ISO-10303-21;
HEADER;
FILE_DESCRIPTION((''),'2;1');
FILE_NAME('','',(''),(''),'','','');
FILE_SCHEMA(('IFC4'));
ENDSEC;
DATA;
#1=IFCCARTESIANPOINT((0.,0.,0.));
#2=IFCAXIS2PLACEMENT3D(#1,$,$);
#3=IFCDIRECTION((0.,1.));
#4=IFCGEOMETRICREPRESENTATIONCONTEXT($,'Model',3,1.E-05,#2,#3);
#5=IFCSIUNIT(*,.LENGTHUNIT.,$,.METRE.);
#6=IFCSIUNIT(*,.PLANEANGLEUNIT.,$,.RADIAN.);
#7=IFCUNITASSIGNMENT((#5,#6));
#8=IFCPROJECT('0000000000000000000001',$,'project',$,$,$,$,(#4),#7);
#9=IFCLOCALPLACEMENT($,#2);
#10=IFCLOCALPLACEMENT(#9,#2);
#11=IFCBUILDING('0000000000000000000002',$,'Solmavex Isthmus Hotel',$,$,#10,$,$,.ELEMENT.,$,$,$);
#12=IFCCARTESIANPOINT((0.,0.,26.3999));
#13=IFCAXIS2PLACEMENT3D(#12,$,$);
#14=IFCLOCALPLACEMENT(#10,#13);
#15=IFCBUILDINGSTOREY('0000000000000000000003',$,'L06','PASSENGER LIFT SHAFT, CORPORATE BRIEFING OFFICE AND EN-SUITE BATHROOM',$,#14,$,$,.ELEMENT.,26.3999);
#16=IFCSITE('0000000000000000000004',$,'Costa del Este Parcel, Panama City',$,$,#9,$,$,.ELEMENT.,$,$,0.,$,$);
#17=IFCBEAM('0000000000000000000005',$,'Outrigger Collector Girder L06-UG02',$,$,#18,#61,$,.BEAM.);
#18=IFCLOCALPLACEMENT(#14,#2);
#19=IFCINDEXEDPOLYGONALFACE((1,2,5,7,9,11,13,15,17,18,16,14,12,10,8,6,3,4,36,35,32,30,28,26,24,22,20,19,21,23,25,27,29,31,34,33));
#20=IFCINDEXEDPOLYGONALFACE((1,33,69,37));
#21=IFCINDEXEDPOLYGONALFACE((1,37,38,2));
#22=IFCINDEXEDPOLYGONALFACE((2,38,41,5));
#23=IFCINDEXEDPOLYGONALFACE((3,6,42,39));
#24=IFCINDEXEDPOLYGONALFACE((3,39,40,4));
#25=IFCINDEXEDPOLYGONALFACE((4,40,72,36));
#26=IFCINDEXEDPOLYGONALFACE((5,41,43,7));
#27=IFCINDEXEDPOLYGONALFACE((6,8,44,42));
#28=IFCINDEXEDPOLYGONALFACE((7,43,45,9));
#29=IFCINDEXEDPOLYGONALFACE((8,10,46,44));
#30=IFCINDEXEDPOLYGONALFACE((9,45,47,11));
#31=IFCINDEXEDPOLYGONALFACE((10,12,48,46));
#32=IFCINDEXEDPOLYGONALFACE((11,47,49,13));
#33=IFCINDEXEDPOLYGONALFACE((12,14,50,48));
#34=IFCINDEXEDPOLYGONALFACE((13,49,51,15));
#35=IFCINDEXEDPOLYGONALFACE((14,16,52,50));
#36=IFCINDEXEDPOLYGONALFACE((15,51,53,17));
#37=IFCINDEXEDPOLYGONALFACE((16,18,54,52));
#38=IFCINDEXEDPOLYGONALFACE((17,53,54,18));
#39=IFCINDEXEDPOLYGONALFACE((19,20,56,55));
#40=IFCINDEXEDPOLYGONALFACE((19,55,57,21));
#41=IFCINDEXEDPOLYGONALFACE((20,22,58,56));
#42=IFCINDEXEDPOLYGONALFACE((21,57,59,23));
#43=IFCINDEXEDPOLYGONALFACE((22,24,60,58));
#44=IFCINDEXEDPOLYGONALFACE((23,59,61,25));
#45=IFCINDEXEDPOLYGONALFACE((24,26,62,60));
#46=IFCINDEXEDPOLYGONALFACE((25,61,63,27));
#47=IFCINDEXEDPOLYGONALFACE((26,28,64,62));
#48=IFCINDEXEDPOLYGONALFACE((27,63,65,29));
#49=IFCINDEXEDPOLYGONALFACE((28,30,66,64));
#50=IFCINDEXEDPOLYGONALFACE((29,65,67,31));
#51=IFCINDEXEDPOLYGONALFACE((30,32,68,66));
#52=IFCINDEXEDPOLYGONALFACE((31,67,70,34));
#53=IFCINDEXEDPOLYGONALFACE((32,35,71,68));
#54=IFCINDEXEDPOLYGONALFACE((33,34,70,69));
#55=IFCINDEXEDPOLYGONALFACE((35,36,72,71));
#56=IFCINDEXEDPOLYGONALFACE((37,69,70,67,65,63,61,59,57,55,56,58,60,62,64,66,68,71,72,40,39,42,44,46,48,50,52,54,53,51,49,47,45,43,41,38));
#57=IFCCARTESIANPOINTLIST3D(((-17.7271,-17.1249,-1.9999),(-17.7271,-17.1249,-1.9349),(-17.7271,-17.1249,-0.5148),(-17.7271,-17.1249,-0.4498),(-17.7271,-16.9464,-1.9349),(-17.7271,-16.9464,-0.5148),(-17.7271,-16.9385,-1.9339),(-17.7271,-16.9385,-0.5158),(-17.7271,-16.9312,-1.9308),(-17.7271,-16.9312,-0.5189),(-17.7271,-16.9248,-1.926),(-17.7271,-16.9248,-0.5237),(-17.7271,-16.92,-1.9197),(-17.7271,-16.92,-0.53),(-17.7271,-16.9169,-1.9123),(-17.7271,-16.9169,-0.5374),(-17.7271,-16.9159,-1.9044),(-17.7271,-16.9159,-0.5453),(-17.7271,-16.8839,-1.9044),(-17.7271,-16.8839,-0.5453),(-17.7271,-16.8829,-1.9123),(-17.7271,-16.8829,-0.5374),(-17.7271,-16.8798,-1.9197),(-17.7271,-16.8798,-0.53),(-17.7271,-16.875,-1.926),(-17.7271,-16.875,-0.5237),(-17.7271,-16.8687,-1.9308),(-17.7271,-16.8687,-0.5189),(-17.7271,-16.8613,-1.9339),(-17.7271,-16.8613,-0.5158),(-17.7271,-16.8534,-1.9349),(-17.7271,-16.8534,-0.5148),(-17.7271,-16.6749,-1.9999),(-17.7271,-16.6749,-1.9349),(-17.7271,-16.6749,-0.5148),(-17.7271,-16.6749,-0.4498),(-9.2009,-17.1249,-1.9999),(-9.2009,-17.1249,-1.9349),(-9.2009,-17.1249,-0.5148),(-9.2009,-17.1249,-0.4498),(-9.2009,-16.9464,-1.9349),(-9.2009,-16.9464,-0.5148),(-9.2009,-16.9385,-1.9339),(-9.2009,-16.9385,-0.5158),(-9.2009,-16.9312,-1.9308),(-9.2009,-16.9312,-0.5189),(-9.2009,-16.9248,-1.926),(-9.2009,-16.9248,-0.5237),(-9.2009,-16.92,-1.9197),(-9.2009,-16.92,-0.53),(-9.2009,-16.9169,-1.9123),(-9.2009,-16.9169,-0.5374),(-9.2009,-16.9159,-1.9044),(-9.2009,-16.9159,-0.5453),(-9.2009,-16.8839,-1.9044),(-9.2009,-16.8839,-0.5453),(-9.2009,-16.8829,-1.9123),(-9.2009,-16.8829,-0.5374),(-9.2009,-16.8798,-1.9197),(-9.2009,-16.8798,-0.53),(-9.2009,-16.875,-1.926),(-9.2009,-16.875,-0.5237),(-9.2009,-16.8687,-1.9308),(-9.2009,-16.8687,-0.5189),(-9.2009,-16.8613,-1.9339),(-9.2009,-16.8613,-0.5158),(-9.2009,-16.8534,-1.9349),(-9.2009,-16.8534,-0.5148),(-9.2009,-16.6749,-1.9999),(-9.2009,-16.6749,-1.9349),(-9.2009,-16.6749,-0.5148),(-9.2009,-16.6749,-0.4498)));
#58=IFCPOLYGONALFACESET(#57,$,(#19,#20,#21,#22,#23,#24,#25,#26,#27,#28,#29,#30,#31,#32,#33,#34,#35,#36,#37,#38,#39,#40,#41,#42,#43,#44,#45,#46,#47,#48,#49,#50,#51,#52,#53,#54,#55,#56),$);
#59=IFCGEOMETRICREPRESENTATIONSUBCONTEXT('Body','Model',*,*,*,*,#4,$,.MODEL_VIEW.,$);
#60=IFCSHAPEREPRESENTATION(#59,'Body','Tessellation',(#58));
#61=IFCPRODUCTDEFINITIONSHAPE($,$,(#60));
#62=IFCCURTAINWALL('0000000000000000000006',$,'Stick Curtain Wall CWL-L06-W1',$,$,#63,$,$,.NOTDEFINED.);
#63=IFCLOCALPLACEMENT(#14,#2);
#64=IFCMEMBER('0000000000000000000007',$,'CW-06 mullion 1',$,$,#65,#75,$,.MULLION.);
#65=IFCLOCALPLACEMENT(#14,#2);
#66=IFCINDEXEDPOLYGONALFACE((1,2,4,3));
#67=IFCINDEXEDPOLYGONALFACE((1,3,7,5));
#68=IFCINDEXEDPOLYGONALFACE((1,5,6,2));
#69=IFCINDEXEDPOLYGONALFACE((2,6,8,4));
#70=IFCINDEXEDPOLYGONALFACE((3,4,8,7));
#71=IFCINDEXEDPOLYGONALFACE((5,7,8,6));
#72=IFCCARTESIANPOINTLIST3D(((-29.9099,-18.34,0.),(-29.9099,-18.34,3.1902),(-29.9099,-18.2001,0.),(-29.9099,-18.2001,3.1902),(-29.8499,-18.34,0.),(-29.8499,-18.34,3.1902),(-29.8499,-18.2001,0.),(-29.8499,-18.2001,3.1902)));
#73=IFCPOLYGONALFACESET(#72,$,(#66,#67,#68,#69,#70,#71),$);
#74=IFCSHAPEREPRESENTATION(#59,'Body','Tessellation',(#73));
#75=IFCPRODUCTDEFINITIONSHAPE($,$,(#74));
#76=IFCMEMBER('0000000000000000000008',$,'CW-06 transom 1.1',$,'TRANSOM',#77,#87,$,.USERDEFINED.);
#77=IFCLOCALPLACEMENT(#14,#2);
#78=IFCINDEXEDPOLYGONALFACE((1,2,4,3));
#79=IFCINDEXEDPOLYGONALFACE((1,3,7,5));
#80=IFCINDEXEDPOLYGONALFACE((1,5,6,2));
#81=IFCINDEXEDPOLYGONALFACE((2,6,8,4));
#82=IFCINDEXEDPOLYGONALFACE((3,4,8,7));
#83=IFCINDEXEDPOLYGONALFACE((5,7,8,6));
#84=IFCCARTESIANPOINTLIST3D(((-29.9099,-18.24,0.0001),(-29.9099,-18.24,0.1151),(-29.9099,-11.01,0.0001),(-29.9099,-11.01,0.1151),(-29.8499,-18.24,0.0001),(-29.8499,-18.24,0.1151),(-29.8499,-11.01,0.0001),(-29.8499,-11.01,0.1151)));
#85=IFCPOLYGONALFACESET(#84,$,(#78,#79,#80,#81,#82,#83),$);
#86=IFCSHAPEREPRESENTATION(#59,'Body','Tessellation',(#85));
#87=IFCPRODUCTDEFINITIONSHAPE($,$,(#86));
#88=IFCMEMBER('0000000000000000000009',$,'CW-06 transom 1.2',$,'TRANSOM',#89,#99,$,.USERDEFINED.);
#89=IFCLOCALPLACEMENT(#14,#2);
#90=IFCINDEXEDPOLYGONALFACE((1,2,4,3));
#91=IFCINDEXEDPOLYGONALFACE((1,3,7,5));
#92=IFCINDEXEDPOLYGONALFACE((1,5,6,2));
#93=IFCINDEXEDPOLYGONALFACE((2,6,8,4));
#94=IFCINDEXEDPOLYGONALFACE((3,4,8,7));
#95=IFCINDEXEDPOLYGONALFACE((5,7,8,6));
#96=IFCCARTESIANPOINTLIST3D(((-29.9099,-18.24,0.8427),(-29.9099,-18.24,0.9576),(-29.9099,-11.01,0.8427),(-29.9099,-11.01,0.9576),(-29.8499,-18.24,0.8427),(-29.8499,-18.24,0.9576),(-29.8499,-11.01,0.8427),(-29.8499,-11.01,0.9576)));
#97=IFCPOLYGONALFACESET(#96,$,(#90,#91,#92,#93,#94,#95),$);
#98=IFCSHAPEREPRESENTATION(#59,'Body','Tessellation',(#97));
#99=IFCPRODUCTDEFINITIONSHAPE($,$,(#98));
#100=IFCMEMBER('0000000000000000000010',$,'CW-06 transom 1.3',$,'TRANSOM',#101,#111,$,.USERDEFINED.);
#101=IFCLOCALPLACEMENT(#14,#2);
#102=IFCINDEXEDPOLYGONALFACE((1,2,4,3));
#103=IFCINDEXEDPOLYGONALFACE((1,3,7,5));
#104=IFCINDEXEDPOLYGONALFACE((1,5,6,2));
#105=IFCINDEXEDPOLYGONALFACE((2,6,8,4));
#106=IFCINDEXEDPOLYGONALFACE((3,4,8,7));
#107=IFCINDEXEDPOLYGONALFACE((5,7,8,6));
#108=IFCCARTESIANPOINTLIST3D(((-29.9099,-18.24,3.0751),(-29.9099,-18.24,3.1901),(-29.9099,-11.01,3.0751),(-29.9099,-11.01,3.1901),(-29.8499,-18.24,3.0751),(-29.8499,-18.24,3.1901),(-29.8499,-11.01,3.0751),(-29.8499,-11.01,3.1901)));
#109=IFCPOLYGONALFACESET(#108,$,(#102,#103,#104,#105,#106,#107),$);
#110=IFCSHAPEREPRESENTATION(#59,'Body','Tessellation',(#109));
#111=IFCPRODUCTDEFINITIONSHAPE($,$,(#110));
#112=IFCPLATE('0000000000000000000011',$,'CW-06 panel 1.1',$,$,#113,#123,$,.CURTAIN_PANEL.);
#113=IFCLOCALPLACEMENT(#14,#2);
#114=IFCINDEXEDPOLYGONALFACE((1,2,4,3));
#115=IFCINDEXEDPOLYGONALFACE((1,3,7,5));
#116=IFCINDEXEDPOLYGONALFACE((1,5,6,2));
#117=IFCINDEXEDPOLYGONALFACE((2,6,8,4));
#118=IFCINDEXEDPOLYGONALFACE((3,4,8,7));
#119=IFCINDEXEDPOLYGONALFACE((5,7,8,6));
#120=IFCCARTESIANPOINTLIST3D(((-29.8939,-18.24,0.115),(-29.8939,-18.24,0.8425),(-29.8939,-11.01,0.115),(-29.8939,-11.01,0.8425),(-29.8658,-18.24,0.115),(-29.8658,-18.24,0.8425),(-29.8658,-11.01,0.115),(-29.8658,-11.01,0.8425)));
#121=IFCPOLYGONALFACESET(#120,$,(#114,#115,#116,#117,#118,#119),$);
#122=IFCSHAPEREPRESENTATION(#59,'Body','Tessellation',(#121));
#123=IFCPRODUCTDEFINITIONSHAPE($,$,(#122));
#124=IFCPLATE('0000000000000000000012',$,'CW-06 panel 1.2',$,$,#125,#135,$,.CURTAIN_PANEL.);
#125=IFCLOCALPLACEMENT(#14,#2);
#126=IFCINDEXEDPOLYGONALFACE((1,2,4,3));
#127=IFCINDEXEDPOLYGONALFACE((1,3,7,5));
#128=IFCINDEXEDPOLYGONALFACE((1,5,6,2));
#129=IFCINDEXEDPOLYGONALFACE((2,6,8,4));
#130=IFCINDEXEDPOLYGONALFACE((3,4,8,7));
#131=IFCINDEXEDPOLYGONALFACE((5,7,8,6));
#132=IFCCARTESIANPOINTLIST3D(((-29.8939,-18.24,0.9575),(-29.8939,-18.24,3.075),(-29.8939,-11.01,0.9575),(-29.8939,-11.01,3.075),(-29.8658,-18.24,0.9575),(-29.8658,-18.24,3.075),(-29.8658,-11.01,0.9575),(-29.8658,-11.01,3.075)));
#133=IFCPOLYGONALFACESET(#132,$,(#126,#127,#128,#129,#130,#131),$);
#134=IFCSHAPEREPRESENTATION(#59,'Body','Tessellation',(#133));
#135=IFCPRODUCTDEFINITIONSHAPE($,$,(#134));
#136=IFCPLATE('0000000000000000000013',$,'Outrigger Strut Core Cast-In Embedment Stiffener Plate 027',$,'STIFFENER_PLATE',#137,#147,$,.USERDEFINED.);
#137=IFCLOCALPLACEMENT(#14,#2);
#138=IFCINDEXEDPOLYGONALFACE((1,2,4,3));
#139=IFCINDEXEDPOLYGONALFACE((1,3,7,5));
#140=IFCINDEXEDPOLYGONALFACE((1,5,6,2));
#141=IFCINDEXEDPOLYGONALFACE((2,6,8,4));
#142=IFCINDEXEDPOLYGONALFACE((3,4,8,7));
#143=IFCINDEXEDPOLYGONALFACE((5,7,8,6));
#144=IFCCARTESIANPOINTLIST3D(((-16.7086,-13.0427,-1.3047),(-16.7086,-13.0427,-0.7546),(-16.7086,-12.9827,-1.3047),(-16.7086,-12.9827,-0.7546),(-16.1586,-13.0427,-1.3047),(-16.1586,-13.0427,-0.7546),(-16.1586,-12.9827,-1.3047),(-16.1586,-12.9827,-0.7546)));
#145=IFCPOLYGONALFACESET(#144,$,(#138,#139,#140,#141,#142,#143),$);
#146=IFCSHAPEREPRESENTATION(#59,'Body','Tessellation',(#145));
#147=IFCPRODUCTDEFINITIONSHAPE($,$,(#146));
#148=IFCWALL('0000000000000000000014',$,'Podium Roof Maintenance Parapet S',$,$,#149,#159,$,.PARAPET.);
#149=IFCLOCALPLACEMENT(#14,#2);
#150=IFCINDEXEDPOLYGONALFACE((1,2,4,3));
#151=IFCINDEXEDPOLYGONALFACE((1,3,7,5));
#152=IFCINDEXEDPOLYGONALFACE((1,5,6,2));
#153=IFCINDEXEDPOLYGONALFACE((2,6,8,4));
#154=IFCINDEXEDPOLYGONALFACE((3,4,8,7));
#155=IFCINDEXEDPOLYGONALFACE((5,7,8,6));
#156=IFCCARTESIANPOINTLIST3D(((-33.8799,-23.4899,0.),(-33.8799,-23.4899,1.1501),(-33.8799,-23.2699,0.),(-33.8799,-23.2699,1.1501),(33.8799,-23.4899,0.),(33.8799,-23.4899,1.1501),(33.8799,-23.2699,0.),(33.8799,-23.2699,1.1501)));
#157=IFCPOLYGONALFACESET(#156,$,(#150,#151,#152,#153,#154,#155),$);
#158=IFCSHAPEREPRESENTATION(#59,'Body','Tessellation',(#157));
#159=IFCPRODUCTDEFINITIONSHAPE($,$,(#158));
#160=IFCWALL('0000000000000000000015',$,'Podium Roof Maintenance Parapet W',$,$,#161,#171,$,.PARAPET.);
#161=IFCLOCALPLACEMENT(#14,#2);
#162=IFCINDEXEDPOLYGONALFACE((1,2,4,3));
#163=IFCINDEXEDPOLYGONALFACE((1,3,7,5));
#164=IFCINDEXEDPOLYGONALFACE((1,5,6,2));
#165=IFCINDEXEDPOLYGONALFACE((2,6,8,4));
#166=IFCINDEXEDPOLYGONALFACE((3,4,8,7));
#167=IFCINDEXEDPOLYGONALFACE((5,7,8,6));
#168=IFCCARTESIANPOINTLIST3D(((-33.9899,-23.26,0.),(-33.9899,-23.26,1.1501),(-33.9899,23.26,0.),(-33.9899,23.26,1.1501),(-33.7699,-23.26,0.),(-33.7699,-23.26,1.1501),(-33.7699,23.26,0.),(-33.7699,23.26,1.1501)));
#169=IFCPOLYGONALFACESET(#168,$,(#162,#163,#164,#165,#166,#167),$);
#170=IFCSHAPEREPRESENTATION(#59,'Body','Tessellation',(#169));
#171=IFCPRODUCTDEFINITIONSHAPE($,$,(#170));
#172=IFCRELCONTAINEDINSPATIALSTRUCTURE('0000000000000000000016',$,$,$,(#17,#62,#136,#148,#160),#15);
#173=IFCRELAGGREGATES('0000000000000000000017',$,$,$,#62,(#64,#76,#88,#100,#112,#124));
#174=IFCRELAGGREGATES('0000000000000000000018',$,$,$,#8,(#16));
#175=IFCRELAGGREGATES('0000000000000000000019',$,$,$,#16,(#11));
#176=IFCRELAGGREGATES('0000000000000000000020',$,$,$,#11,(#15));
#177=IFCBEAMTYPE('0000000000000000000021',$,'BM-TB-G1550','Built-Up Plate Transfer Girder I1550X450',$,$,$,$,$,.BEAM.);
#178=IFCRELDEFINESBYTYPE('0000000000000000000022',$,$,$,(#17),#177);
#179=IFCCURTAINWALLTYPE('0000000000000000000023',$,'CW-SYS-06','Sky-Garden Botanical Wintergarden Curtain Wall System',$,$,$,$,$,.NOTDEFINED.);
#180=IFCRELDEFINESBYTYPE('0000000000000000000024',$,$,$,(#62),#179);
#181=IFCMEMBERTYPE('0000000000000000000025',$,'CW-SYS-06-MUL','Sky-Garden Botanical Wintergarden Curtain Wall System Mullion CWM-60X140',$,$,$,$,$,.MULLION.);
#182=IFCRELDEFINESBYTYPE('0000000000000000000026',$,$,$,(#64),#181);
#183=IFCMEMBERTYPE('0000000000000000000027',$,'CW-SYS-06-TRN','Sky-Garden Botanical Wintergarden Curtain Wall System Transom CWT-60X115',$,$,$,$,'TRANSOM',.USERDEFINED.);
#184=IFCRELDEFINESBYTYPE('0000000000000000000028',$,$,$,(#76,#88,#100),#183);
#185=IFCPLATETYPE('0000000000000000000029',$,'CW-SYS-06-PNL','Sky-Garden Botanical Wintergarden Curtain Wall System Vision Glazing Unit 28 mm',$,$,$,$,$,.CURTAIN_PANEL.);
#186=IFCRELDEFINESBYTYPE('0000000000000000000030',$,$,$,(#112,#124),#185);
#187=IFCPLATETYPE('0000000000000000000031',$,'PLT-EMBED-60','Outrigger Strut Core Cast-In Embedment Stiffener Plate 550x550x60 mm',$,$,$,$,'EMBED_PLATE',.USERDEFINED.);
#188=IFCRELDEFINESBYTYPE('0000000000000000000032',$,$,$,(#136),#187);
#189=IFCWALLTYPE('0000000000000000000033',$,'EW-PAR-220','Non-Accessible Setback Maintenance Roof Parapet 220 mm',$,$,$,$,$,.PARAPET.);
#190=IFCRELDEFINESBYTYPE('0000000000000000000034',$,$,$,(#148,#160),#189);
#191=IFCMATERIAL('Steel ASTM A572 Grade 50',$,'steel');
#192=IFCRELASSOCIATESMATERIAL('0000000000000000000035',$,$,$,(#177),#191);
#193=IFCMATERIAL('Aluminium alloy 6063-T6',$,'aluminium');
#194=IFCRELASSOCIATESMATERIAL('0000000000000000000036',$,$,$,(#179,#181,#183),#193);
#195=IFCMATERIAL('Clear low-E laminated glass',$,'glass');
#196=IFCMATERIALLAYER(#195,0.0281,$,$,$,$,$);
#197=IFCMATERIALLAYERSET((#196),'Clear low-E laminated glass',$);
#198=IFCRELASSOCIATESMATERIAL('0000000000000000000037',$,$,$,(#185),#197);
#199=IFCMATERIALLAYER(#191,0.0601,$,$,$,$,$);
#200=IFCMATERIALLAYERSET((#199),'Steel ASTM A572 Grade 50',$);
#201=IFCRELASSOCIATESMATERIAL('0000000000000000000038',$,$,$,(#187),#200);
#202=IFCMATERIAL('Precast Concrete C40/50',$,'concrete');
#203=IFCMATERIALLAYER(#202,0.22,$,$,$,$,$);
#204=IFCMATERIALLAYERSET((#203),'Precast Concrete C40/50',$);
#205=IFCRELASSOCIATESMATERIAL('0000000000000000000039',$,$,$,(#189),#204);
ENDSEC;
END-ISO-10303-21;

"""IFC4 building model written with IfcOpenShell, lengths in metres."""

from ifc_helpers import new_model, si_unit, direction, frame, frame_2d, origin, origin_2d, place, context, subcontext, project, spatial, rectangle, i_section, extrude, material, layer, layer_set, material_profile, profile_set, type_object, element, aggregate, save


model = new_model("IFC4")

# Units and contexts
model_context = context("Model", 3, precision=1e-05, world=origin(), true_north=direction((0.0, 1.0)))
body_context = subcontext(model_context, "Body", "Model", "MODEL_VIEW")
ifc_project = project(units=[si_unit("LENGTHUNIT", "METRE"), si_unit("PLANEANGLEUNIT", "RADIAN")], contexts=[model_context])

# Site, building, storey
site_placement = place(None, origin())
site = spatial("IfcSite", under=ifc_project, at=site_placement, Name="Costa del Este Parcel, Panama City", CompositionType="ELEMENT", RefElevation=0.0)
building_placement = place(site_placement, origin())
building = spatial("IfcBuilding", under=site, at=building_placement, Name="Solmavex Isthmus Hotel", CompositionType="ELEMENT")
storey_placement = place(building_placement, frame((0.0, 0.0, 26.3999)))
storey = spatial("IfcBuildingStorey", under=building, at=storey_placement, Name="L06", Description="PASSENGER LIFT SHAFT, CORPORATE BRIEFING OFFICE AND EN-SUITE BATHROOM", CompositionType="ELEMENT", Elevation=26.3999)

# Beam
ifc_material_1 = material(Name="Steel ASTM A572 Grade 50", Category="steel")
ifc_material_profile_1 = material_profile(ifc_material_1, i_section(OverallWidth=0.45, OverallDepth=1.55, WebThickness=0.032, FlangeThickness=0.0649, FilletRadius=0.0305, at=origin_2d()), Name="I1550X450")
ifc_profile_set_1 = profile_set([ifc_material_profile_1], Name="Steel ASTM A572 Grade 50")
beam_type_1 = type_object("IfcBeamType", Name="BM-TB-G1550", Description="Built-Up Plate Transfer Girder I1550X450", PredefinedType="BEAM", material=ifc_profile_set_1)
beam_1_placement = place(storey_placement, frame((-17.7271, -16.8999, -1.2249), z_axis=(1.0, 0.0, 0.0), x_axis=(0.0, 1.0, 0.0)))
element("IfcBeam", 1, at=beam_1_placement, inside=storey, type_object=beam_type_1, Name="Outrigger Collector Girder L06-UG02", PredefinedType="BEAM", context=body_context, shape_type="SweptSolid", body=[
    extrude(i_section(OverallWidth=0.45, OverallDepth=1.55, WebThickness=0.032, FlangeThickness=0.0649, FilletRadius=0.0305, at=origin_2d()), origin(), (0.0, 0.0, 1.0), 8.5261),
])

# Curtain wall, members, plates
ifc_material_2 = material(Name="Aluminium alloy 6063-T6", Category="aluminium")
curtain_wall_type = type_object("IfcCurtainWallType", Name="CW-SYS-06", Description="Sky-Garden Botanical Wintergarden Curtain Wall System", PredefinedType="NOTDEFINED", material=ifc_material_2)
curtain_wall_placement = place(storey_placement, origin())
curtain_wall = element("IfcCurtainWall", 2, at=curtain_wall_placement, inside=storey, type_object=curtain_wall_type, Name="Stick Curtain Wall CWL-L06-W1", PredefinedType="NOTDEFINED")
ifc_material_profile_2 = material_profile(ifc_material_2, rectangle(XDim=0.0601, YDim=0.1399, at=origin_2d()), Name="CWM-60X140")
ifc_profile_set_2 = profile_set([ifc_material_profile_2], Name="Aluminium alloy 6063-T6")
member_type_1 = type_object("IfcMemberType", Name="CW-SYS-06-MUL", Description="Sky-Garden Botanical Wintergarden Curtain Wall System Mullion CWM-60X140", PredefinedType="MULLION", material=ifc_profile_set_2)
member_1_placement = place(storey_placement, frame((-29.8799, -18.27, 0.0), z_axis=(0.0, 0.0, 1.0), x_axis=(-1.0, 0.0, 0.0)))
member_1 = element("IfcMember", 3, at=member_1_placement, type_object=member_type_1, Name="CW-06 mullion 1", PredefinedType="MULLION", context=body_context, shape_type="SweptSolid", body=[
    extrude(rectangle(XDim=0.0601, YDim=0.1399, at=origin_2d()), origin(), (0.0, 0.0, 1.0), 3.1902),
])
ifc_material_profile_3 = material_profile(ifc_material_2, rectangle(XDim=0.0601, YDim=0.115, at=origin_2d()), Name="CWT-60X115")
ifc_profile_set_3 = profile_set([ifc_material_profile_3], Name="Aluminium alloy 6063-T6")
member_type_2 = type_object("IfcMemberType", Name="CW-SYS-06-TRN", Description="Sky-Garden Botanical Wintergarden Curtain Wall System Transom CWT-60X115", ElementType="TRANSOM", PredefinedType="USERDEFINED", material=ifc_profile_set_3)
member_2_placement = place(storey_placement, frame((-29.8799, -18.24, 0.0576), z_axis=(0.0, 1.0, 0.0), x_axis=(-1.0, 0.0, 0.0)))
member_2 = element("IfcMember", 4, at=member_2_placement, type_object=member_type_2, Name="CW-06 transom 1.1", ObjectType="TRANSOM", PredefinedType="USERDEFINED", context=body_context, shape_type="SweptSolid", body=[
    extrude(rectangle(XDim=0.0601, YDim=0.115, at=origin_2d()), origin(), (0.0, 0.0, 1.0), 7.23),
])
member_3_placement = place(storey_placement, frame((-29.8799, -18.24, 0.9001), z_axis=(0.0, 1.0, 0.0), x_axis=(-1.0, 0.0, 0.0)))
member_3 = element("IfcMember", 5, at=member_3_placement, type_object=member_type_2, Name="CW-06 transom 1.2", ObjectType="TRANSOM", PredefinedType="USERDEFINED", context=body_context, shape_type="SweptSolid", body=[
    extrude(rectangle(XDim=0.0601, YDim=0.115, at=origin_2d()), origin(), (0.0, 0.0, 1.0), 7.23),
])
member_4_placement = place(storey_placement, frame((-29.8799, -18.24, 3.1326), z_axis=(0.0, 1.0, 0.0), x_axis=(-1.0, 0.0, 0.0)))
member_4 = element("IfcMember", 6, at=member_4_placement, type_object=member_type_2, Name="CW-06 transom 1.3", ObjectType="TRANSOM", PredefinedType="USERDEFINED", context=body_context, shape_type="SweptSolid", body=[
    extrude(rectangle(XDim=0.0601, YDim=0.115, at=origin_2d()), origin(), (0.0, 0.0, 1.0), 7.23),
])
ifc_material_3 = material(Name="Clear low-E laminated glass", Category="glass")
ifc_layer_1 = layer(ifc_material_3, 0.0281)
ifc_layer_set_1 = layer_set([ifc_layer_1], Name="Clear low-E laminated glass")
plate_type_1 = type_object("IfcPlateType", Name="CW-SYS-06-PNL", Description="Sky-Garden Botanical Wintergarden Curtain Wall System Vision Glazing Unit 28 mm", PredefinedType="CURTAIN_PANEL", material=ifc_layer_set_1)
plate_1_placement = place(storey_placement, frame((-29.8799, -14.625, 0.115), z_axis=(0.0, 0.0, 1.0), x_axis=(0.0, 1.0, 0.0)))
plate_1 = element("IfcPlate", 7, at=plate_1_placement, type_object=plate_type_1, Name="CW-06 panel 1.1", PredefinedType="CURTAIN_PANEL", context=body_context, shape_type="SweptSolid", body=[
    extrude(rectangle(XDim=7.23, YDim=0.0281, at=origin_2d()), origin(), (0.0, 0.0, 1.0), 0.7275),
])
plate_2_placement = place(storey_placement, frame((-29.8799, -14.625, 0.9575), z_axis=(0.0, 0.0, 1.0), x_axis=(0.0, 1.0, 0.0)))
plate_2 = element("IfcPlate", 8, at=plate_2_placement, type_object=plate_type_1, Name="CW-06 panel 1.2", PredefinedType="CURTAIN_PANEL", context=body_context, shape_type="SweptSolid", body=[
    extrude(rectangle(XDim=7.23, YDim=0.0281, at=origin_2d()), origin(), (0.0, 0.0, 1.0), 2.1174),
])
aggregate(curtain_wall, [member_1, member_2, member_3, member_4, plate_1, plate_2])

# Plate
ifc_layer_2 = layer(ifc_material_1, 0.0601)
ifc_layer_set_2 = layer_set([ifc_layer_2], Name="Steel ASTM A572 Grade 50")
plate_type_2 = type_object("IfcPlateType", Name="PLT-EMBED-60", Description="Outrigger Strut Core Cast-In Embedment Stiffener Plate 550x550x60 mm", ElementType="EMBED_PLATE", PredefinedType="USERDEFINED", material=ifc_layer_set_2)
plate_3_placement = place(storey_placement, frame((-16.4336, -13.0127, -1.3047), z_axis=(0.0, 0.0, 1.0), x_axis=(1.0, 0.0, 0.0)))
element("IfcPlate", 9, at=plate_3_placement, inside=storey, type_object=plate_type_2, Name="Outrigger Strut Core Cast-In Embedment Stiffener Plate 027", ObjectType="STIFFENER_PLATE", PredefinedType="USERDEFINED", context=body_context, shape_type="SweptSolid", body=[
    extrude(rectangle(XDim=0.55, YDim=0.0601, at=origin_2d()), origin(), (0.0, 0.0, 1.0), 0.55),
])

# Walls
ifc_material_4 = material(Name="Precast Concrete C40/50", Category="concrete")
ifc_layer_3 = layer(ifc_material_4, 0.22)
ifc_layer_set_3 = layer_set([ifc_layer_3], Name="Precast Concrete C40/50")
wall_type_1 = type_object("IfcWallType", Name="EW-PAR-220", Description="Non-Accessible Setback Maintenance Roof Parapet 220 mm", PredefinedType="PARAPET", material=ifc_layer_set_3)
wall_1_placement = place(storey_placement, frame((-33.8799, -23.3799, 0.0), z_axis=(0.0, 0.0, 1.0), x_axis=(1.0, 0.0, 0.0)))
element("IfcWall", 10, at=wall_1_placement, inside=storey, type_object=wall_type_1, Name="Podium Roof Maintenance Parapet S", PredefinedType="PARAPET", context=body_context, shape_type="SweptSolid", body=[
    extrude(rectangle(XDim=67.7598, YDim=0.22, at=frame_2d((33.8799, 0.0))), origin(), (0.0, 0.0, 1.0), 1.1501),
])
wall_2_placement = place(storey_placement, frame((-33.8799, -23.26, 0.0), z_axis=(0.0, 0.0, 1.0), x_axis=(0.0, 1.0, 0.0)))
element("IfcWall", 11, at=wall_2_placement, inside=storey, type_object=wall_type_1, Name="Podium Roof Maintenance Parapet W", PredefinedType="PARAPET", context=body_context, shape_type="SweptSolid", body=[
    extrude(rectangle(XDim=46.52, YDim=0.22, at=frame_2d((23.26, 0.0))), origin(), (0.0, 0.0, 1.0), 1.1501),
])

save(model, "model.ifc")
